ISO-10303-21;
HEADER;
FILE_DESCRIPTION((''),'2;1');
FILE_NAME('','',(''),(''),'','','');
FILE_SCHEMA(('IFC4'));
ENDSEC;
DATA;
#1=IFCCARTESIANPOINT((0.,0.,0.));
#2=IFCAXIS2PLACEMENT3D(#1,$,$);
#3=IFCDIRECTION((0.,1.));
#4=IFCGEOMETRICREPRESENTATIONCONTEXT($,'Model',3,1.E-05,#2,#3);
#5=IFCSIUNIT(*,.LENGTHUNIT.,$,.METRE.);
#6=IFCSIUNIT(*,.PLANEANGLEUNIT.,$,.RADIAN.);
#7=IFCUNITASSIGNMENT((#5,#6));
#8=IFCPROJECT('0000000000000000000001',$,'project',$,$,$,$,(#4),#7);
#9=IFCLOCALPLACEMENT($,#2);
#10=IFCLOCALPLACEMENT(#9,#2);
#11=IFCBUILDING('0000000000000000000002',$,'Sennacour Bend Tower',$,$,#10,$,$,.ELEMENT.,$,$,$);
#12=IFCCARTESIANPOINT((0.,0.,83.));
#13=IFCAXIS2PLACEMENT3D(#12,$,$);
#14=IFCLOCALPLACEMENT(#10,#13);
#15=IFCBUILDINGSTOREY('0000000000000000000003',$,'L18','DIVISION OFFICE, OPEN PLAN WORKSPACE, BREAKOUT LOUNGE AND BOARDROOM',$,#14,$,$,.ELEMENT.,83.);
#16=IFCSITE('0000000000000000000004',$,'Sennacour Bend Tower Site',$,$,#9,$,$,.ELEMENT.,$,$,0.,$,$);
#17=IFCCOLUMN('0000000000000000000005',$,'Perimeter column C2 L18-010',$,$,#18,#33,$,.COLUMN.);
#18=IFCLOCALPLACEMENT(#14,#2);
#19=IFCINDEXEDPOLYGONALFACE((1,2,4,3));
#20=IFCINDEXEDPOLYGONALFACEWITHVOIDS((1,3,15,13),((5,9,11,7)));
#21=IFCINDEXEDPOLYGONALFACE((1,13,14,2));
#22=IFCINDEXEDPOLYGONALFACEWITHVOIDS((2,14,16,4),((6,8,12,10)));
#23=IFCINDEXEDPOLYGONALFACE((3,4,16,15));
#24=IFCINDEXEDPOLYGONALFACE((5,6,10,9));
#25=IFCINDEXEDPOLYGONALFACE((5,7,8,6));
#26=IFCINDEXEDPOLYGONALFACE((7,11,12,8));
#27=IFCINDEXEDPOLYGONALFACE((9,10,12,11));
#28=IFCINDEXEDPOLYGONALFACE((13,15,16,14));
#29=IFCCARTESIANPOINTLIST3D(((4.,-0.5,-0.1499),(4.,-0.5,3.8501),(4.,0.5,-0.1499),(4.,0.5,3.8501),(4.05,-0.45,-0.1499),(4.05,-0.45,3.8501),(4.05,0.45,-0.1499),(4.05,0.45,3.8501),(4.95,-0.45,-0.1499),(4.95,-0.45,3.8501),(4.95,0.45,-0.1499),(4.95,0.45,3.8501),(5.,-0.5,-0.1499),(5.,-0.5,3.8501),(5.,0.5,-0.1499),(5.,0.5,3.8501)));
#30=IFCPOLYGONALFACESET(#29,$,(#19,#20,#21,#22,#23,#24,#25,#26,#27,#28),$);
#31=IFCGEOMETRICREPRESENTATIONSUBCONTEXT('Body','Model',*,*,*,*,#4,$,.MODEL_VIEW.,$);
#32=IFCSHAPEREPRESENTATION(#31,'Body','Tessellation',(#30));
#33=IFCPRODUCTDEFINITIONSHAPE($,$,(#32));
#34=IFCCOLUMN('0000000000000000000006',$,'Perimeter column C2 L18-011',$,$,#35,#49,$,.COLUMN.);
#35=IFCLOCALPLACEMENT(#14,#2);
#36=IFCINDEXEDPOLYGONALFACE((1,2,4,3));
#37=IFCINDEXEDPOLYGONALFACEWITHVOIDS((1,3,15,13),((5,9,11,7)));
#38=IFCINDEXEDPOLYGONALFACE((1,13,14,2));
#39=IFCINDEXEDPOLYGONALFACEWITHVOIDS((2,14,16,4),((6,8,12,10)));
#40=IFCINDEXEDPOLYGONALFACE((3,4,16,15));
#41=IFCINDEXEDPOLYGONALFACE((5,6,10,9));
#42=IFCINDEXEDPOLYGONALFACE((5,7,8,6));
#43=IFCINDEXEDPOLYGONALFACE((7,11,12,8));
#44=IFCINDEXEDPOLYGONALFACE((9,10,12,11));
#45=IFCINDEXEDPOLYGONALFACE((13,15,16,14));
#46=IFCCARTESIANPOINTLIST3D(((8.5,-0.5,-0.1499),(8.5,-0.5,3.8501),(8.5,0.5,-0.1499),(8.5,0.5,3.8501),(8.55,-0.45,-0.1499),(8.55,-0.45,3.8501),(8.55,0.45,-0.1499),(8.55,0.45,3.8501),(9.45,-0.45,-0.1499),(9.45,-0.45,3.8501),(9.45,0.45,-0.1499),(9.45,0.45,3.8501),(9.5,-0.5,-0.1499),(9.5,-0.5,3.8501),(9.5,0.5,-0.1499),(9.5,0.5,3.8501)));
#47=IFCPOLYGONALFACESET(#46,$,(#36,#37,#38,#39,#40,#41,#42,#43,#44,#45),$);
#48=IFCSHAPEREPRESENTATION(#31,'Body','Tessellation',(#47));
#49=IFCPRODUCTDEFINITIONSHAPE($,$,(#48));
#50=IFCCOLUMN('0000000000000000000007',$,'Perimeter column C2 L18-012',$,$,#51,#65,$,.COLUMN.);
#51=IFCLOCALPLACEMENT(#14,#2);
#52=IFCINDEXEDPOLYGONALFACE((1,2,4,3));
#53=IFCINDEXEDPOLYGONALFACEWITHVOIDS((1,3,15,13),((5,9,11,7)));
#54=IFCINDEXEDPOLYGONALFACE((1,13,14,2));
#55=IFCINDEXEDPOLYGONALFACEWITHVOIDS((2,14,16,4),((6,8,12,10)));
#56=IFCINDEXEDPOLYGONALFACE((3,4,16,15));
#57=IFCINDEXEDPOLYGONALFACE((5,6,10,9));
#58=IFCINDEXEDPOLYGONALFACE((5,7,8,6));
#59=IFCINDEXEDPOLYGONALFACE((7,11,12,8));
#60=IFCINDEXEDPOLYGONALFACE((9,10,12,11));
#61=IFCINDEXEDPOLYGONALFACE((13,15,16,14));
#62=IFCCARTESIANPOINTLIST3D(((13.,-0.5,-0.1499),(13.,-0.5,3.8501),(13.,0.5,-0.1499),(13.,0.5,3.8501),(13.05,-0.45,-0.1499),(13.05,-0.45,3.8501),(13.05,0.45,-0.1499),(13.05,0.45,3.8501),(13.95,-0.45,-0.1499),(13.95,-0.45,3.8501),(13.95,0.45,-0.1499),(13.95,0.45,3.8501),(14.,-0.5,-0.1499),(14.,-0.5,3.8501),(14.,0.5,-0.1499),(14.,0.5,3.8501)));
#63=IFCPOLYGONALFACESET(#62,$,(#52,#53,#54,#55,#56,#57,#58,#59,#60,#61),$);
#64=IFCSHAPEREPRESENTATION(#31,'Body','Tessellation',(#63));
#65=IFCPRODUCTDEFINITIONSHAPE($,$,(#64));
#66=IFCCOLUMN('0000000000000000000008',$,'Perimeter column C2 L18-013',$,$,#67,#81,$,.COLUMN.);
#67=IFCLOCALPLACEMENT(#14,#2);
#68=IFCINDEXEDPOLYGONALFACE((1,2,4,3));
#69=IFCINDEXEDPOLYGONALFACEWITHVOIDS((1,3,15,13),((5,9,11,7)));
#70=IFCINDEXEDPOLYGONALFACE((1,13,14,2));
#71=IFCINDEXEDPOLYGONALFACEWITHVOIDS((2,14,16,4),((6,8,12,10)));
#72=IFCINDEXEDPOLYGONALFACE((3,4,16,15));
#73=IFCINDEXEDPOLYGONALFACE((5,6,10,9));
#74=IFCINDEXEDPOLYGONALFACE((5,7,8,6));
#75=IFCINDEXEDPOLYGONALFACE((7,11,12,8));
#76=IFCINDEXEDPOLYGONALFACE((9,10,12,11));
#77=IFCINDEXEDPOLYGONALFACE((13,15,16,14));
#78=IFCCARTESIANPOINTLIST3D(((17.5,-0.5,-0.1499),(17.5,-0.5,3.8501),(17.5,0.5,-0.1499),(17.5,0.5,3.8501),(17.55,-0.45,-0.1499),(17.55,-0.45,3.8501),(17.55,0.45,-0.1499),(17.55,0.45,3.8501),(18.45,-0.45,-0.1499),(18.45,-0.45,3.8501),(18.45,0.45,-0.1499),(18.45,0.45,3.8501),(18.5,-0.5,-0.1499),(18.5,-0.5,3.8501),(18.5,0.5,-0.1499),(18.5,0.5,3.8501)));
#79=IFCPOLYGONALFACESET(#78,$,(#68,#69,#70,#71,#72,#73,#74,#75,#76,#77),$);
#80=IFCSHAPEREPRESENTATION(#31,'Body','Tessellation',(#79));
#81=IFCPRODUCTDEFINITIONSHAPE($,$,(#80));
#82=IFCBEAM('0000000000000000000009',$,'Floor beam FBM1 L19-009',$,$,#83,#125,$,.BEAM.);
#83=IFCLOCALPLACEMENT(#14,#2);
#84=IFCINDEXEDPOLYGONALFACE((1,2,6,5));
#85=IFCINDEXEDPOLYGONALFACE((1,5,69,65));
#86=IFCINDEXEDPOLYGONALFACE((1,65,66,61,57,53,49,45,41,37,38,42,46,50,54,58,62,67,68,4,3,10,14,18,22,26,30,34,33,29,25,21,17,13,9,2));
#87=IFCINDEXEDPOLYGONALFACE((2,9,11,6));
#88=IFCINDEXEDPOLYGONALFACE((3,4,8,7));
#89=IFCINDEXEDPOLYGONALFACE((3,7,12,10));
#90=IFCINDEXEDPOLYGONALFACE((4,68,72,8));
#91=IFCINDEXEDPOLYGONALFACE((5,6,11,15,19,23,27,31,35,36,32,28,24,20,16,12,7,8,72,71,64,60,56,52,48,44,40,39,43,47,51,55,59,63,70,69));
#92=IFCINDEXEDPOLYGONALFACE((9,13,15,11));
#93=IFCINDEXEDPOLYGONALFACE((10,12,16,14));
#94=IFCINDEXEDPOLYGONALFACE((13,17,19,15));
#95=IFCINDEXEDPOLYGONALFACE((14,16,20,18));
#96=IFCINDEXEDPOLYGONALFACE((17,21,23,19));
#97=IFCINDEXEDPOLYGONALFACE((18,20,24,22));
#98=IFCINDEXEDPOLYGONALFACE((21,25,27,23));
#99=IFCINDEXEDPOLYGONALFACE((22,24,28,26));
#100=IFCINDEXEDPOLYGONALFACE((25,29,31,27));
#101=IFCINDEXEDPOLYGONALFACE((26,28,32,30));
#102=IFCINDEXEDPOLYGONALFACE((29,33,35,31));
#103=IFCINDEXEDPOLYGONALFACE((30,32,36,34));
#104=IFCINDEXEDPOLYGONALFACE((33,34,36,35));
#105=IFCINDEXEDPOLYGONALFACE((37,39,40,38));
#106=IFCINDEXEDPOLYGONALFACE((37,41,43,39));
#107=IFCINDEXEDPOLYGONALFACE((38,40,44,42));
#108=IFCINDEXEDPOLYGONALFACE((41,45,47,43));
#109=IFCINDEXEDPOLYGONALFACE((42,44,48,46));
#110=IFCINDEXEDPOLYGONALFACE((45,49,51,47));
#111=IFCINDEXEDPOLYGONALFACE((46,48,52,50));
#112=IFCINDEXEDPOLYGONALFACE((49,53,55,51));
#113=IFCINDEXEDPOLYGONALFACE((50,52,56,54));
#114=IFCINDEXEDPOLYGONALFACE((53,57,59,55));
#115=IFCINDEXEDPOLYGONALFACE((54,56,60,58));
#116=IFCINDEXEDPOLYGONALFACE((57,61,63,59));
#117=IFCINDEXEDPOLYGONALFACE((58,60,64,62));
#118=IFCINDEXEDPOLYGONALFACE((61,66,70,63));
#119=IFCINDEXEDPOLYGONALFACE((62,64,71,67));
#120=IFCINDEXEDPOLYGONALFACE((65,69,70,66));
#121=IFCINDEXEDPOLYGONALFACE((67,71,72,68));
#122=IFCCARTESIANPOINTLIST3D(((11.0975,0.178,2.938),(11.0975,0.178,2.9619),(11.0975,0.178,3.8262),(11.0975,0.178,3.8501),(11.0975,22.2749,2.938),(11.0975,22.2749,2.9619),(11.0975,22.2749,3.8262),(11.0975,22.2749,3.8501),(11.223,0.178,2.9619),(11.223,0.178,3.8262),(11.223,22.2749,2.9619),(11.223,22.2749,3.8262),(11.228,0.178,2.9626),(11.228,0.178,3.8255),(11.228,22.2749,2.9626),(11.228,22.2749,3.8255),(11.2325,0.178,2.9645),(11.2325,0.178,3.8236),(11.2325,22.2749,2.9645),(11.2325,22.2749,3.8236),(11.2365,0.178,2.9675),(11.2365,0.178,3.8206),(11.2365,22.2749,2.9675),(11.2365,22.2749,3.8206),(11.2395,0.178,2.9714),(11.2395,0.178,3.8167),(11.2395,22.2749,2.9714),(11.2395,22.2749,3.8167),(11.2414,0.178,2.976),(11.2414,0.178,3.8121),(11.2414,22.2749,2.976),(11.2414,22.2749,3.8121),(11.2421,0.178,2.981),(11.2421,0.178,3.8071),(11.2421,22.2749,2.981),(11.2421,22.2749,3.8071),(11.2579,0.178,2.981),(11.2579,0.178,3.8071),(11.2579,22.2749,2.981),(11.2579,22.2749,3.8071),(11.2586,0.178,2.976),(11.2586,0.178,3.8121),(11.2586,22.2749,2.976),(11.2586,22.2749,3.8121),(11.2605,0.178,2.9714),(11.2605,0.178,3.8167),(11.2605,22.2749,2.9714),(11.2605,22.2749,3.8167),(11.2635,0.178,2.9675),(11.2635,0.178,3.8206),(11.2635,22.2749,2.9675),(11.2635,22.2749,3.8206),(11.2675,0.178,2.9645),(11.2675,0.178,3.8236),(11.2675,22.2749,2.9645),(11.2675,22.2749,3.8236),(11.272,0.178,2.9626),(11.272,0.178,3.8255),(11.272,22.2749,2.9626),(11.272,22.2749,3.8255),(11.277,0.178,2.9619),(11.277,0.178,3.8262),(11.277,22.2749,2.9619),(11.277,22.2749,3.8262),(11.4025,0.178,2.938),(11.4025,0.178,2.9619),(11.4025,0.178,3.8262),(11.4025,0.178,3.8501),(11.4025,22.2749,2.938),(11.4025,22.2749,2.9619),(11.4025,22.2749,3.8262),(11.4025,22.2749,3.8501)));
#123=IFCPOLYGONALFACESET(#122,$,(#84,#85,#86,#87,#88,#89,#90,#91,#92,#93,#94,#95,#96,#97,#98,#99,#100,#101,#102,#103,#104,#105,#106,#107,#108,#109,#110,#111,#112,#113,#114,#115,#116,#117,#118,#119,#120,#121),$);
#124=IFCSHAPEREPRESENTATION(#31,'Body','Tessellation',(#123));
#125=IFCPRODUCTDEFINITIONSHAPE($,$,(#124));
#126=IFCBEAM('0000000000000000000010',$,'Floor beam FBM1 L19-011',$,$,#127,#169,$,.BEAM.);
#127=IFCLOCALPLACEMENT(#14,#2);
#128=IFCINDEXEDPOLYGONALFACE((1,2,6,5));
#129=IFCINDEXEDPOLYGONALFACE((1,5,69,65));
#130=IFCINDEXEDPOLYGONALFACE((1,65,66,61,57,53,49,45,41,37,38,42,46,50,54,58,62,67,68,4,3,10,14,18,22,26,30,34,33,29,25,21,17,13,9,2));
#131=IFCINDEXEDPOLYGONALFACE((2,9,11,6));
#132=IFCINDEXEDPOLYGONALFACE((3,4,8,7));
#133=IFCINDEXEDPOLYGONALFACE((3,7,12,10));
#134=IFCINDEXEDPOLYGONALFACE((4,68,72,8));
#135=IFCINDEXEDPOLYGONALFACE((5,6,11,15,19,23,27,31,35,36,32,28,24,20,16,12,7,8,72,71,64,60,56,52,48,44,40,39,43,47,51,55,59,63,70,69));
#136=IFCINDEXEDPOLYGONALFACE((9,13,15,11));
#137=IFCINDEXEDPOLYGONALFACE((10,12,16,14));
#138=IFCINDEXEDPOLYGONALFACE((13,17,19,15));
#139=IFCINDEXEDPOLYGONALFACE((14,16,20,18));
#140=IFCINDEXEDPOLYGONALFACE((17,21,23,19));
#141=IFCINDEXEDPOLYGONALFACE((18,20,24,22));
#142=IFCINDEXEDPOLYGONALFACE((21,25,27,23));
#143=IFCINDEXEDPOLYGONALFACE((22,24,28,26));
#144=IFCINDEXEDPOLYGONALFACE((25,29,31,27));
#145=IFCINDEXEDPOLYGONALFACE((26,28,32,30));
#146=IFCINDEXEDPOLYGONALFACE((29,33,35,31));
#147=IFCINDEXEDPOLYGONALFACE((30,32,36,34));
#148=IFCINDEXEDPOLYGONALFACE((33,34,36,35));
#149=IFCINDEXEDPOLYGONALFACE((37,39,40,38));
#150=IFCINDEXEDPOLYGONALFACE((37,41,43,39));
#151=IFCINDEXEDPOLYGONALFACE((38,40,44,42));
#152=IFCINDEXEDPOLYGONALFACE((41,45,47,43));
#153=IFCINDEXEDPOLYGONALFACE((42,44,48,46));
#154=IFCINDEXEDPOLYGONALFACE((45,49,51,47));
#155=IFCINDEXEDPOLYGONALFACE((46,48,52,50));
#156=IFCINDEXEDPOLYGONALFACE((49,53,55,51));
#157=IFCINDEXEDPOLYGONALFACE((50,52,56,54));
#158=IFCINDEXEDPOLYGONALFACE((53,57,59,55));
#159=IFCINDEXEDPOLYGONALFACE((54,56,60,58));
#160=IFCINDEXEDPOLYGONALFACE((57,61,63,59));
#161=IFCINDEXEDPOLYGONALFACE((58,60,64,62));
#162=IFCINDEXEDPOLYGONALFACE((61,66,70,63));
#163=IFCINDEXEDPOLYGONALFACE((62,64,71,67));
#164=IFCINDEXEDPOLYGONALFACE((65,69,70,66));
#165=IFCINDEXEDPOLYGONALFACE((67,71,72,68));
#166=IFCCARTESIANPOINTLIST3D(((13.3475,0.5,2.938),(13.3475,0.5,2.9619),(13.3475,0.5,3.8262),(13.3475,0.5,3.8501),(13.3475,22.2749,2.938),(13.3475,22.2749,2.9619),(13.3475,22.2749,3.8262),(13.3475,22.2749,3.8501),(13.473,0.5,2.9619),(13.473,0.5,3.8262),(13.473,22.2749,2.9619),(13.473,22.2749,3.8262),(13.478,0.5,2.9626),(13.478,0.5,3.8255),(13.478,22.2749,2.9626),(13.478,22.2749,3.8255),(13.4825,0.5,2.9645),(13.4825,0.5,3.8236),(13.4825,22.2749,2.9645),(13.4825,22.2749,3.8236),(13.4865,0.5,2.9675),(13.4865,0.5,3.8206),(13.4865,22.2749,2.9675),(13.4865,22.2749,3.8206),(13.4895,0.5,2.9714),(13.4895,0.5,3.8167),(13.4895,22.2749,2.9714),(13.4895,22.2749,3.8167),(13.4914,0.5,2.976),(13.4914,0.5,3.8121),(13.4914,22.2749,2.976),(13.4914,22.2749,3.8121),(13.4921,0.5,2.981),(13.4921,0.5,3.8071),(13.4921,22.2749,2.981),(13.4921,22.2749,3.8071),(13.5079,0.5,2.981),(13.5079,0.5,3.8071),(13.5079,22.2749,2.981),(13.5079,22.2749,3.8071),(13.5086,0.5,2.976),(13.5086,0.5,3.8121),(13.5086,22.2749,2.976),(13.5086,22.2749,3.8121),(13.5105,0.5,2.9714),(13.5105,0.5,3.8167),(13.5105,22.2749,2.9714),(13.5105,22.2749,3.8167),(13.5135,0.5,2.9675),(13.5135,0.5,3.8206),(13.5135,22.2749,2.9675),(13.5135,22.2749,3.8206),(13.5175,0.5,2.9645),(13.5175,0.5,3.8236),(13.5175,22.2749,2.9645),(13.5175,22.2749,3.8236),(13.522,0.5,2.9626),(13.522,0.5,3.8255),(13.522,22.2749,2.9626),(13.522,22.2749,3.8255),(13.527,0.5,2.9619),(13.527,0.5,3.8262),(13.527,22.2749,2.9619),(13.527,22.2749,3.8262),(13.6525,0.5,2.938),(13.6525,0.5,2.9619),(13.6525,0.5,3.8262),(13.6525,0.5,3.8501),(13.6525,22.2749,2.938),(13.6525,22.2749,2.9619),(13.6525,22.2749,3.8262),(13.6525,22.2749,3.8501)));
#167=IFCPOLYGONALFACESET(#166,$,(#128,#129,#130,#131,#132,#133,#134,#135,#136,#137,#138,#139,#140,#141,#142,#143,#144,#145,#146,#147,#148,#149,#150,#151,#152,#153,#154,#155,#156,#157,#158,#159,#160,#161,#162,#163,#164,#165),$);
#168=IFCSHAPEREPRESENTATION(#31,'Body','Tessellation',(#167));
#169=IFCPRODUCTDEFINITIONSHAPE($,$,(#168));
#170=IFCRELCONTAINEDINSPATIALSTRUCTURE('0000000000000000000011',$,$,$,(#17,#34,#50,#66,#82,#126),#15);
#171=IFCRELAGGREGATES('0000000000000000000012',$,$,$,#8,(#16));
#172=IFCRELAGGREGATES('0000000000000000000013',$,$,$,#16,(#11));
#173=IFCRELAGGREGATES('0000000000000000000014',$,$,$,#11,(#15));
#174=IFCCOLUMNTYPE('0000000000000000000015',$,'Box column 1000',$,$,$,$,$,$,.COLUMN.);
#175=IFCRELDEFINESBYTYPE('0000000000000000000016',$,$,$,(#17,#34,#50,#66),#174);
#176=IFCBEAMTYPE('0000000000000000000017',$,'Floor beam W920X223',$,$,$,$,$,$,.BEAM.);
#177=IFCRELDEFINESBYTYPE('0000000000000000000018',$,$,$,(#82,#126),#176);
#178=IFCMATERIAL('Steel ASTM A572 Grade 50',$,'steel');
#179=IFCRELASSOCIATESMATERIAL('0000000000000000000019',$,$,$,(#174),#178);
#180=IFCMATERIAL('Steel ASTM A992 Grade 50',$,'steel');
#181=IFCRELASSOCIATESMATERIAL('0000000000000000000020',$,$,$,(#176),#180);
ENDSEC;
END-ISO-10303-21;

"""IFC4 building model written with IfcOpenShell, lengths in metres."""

from ifc_helpers import new_model, si_unit, direction, frame, origin, origin_2d, place, context, subcontext, project, spatial, hollow_rectangle, i_section, extrude, material, material_profile, profile_set, type_object, element, save


model = new_model("IFC4")

# Units and contexts
model_context = context("Model", 3, precision=1e-05, world=origin(), true_north=direction((0.0, 1.0)))
body_context = subcontext(model_context, "Body", "Model", "MODEL_VIEW")
ifc_project = project(units=[si_unit("LENGTHUNIT", "METRE"), si_unit("PLANEANGLEUNIT", "RADIAN")], contexts=[model_context])

# Site, building, storey
site_placement = place(None, origin())
site = spatial("IfcSite", under=ifc_project, at=site_placement, Name="Sennacour Bend Tower Site", CompositionType="ELEMENT", RefElevation=0.0)
building_placement = place(site_placement, origin())
building = spatial("IfcBuilding", under=site, at=building_placement, Name="Sennacour Bend Tower", CompositionType="ELEMENT")
storey_placement = place(building_placement, frame((0.0, 0.0, 83.0)))
storey = spatial("IfcBuildingStorey", under=building, at=storey_placement, Name="L18", Description="DIVISION OFFICE, OPEN PLAN WORKSPACE, BREAKOUT LOUNGE AND BOARDROOM", CompositionType="ELEMENT", Elevation=83.0)

# Columns
ifc_material_1 = material(Name="Steel ASTM A572 Grade 50", Category="steel")
ifc_material_profile_1 = material_profile(ifc_material_1, hollow_rectangle(XDim=1.0, YDim=1.0, WallThickness=0.05, at=origin_2d()), Name="Steel ASTM A572 Grade 50", Category="steel")
ifc_profile_set_1 = profile_set([ifc_material_profile_1], Name="Steel ASTM A572 Grade 50")
column_type = type_object("IfcColumnType", Name="Box column 1000", PredefinedType="COLUMN", material=ifc_profile_set_1)
for number, where, z_axis, x_axis, name in (
    (1, (4.5, 0.0, -0.1499), (0.0, 0.0, 1.0), (1.0, 0.0, 0.0), "Perimeter column C2 L18-010"),
    (2, (9.0, 0.0, -0.1499), (0.0, 0.0, 1.0), (1.0, 0.0, 0.0), "Perimeter column C2 L18-011"),
    (3, (13.5, 0.0, -0.1499), (0.0, 0.0, 1.0), (1.0, 0.0, 0.0), "Perimeter column C2 L18-012"),
    (4, (18.0, 0.0, -0.1499), (0.0, 0.0, 1.0), (1.0, 0.0, 0.0), "Perimeter column C2 L18-013"),
):
    element("IfcColumn", number, at=place(storey_placement, frame(where, z_axis=z_axis, x_axis=x_axis)), inside=storey, type_object=column_type, Name=name, PredefinedType="COLUMN", context=body_context, shape_type="SweptSolid", body=[
        extrude(hollow_rectangle(XDim=1.0, YDim=1.0, WallThickness=0.05, at=origin_2d()), origin(), (0.0, 0.0, 1.0), 4.0),
    ])

# Beams
ifc_material_2 = material(Name="Steel ASTM A992 Grade 50", Category="steel")
ifc_material_profile_2 = material_profile(ifc_material_2, i_section(OverallWidth=0.3049, OverallDepth=0.9121, WebThickness=0.0159, FlangeThickness=0.0239, FilletRadius=0.019, at=origin_2d()), Name="Steel ASTM A992 Grade 50", Category="steel")
ifc_profile_set_2 = profile_set([ifc_material_profile_2], Name="Steel ASTM A992 Grade 50")
beam_type_1 = type_object("IfcBeamType", Name="Floor beam W920X223", PredefinedType="BEAM", material=ifc_profile_set_2)
beam_1_placement = place(storey_placement, frame((11.25, 0.178, 3.394), z_axis=(0.0, 1.0, 0.0), x_axis=(-1.0, 0.0, 0.0)))
element("IfcBeam", 5, at=beam_1_placement, inside=storey, type_object=beam_type_1, Name="Floor beam FBM1 L19-009", PredefinedType="BEAM", context=body_context, shape_type="SweptSolid", body=[
    extrude(i_section(OverallWidth=0.3049, OverallDepth=0.9121, WebThickness=0.0159, FlangeThickness=0.0239, FilletRadius=0.019, at=origin_2d()), origin(), (0.0, 0.0, 1.0), 22.0969),
])
beam_2_placement = place(storey_placement, frame((13.5, 0.5, 3.394), z_axis=(0.0, 1.0, 0.0), x_axis=(-1.0, 0.0, 0.0)))
element("IfcBeam", 6, at=beam_2_placement, inside=storey, type_object=beam_type_1, Name="Floor beam FBM1 L19-011", PredefinedType="BEAM", context=body_context, shape_type="SweptSolid", body=[
    extrude(i_section(OverallWidth=0.3049, OverallDepth=0.9121, WebThickness=0.0159, FlangeThickness=0.0239, FilletRadius=0.019, at=origin_2d()), origin(), (0.0, 0.0, 1.0), 21.7749),
])

save(model, "model.ifc")
